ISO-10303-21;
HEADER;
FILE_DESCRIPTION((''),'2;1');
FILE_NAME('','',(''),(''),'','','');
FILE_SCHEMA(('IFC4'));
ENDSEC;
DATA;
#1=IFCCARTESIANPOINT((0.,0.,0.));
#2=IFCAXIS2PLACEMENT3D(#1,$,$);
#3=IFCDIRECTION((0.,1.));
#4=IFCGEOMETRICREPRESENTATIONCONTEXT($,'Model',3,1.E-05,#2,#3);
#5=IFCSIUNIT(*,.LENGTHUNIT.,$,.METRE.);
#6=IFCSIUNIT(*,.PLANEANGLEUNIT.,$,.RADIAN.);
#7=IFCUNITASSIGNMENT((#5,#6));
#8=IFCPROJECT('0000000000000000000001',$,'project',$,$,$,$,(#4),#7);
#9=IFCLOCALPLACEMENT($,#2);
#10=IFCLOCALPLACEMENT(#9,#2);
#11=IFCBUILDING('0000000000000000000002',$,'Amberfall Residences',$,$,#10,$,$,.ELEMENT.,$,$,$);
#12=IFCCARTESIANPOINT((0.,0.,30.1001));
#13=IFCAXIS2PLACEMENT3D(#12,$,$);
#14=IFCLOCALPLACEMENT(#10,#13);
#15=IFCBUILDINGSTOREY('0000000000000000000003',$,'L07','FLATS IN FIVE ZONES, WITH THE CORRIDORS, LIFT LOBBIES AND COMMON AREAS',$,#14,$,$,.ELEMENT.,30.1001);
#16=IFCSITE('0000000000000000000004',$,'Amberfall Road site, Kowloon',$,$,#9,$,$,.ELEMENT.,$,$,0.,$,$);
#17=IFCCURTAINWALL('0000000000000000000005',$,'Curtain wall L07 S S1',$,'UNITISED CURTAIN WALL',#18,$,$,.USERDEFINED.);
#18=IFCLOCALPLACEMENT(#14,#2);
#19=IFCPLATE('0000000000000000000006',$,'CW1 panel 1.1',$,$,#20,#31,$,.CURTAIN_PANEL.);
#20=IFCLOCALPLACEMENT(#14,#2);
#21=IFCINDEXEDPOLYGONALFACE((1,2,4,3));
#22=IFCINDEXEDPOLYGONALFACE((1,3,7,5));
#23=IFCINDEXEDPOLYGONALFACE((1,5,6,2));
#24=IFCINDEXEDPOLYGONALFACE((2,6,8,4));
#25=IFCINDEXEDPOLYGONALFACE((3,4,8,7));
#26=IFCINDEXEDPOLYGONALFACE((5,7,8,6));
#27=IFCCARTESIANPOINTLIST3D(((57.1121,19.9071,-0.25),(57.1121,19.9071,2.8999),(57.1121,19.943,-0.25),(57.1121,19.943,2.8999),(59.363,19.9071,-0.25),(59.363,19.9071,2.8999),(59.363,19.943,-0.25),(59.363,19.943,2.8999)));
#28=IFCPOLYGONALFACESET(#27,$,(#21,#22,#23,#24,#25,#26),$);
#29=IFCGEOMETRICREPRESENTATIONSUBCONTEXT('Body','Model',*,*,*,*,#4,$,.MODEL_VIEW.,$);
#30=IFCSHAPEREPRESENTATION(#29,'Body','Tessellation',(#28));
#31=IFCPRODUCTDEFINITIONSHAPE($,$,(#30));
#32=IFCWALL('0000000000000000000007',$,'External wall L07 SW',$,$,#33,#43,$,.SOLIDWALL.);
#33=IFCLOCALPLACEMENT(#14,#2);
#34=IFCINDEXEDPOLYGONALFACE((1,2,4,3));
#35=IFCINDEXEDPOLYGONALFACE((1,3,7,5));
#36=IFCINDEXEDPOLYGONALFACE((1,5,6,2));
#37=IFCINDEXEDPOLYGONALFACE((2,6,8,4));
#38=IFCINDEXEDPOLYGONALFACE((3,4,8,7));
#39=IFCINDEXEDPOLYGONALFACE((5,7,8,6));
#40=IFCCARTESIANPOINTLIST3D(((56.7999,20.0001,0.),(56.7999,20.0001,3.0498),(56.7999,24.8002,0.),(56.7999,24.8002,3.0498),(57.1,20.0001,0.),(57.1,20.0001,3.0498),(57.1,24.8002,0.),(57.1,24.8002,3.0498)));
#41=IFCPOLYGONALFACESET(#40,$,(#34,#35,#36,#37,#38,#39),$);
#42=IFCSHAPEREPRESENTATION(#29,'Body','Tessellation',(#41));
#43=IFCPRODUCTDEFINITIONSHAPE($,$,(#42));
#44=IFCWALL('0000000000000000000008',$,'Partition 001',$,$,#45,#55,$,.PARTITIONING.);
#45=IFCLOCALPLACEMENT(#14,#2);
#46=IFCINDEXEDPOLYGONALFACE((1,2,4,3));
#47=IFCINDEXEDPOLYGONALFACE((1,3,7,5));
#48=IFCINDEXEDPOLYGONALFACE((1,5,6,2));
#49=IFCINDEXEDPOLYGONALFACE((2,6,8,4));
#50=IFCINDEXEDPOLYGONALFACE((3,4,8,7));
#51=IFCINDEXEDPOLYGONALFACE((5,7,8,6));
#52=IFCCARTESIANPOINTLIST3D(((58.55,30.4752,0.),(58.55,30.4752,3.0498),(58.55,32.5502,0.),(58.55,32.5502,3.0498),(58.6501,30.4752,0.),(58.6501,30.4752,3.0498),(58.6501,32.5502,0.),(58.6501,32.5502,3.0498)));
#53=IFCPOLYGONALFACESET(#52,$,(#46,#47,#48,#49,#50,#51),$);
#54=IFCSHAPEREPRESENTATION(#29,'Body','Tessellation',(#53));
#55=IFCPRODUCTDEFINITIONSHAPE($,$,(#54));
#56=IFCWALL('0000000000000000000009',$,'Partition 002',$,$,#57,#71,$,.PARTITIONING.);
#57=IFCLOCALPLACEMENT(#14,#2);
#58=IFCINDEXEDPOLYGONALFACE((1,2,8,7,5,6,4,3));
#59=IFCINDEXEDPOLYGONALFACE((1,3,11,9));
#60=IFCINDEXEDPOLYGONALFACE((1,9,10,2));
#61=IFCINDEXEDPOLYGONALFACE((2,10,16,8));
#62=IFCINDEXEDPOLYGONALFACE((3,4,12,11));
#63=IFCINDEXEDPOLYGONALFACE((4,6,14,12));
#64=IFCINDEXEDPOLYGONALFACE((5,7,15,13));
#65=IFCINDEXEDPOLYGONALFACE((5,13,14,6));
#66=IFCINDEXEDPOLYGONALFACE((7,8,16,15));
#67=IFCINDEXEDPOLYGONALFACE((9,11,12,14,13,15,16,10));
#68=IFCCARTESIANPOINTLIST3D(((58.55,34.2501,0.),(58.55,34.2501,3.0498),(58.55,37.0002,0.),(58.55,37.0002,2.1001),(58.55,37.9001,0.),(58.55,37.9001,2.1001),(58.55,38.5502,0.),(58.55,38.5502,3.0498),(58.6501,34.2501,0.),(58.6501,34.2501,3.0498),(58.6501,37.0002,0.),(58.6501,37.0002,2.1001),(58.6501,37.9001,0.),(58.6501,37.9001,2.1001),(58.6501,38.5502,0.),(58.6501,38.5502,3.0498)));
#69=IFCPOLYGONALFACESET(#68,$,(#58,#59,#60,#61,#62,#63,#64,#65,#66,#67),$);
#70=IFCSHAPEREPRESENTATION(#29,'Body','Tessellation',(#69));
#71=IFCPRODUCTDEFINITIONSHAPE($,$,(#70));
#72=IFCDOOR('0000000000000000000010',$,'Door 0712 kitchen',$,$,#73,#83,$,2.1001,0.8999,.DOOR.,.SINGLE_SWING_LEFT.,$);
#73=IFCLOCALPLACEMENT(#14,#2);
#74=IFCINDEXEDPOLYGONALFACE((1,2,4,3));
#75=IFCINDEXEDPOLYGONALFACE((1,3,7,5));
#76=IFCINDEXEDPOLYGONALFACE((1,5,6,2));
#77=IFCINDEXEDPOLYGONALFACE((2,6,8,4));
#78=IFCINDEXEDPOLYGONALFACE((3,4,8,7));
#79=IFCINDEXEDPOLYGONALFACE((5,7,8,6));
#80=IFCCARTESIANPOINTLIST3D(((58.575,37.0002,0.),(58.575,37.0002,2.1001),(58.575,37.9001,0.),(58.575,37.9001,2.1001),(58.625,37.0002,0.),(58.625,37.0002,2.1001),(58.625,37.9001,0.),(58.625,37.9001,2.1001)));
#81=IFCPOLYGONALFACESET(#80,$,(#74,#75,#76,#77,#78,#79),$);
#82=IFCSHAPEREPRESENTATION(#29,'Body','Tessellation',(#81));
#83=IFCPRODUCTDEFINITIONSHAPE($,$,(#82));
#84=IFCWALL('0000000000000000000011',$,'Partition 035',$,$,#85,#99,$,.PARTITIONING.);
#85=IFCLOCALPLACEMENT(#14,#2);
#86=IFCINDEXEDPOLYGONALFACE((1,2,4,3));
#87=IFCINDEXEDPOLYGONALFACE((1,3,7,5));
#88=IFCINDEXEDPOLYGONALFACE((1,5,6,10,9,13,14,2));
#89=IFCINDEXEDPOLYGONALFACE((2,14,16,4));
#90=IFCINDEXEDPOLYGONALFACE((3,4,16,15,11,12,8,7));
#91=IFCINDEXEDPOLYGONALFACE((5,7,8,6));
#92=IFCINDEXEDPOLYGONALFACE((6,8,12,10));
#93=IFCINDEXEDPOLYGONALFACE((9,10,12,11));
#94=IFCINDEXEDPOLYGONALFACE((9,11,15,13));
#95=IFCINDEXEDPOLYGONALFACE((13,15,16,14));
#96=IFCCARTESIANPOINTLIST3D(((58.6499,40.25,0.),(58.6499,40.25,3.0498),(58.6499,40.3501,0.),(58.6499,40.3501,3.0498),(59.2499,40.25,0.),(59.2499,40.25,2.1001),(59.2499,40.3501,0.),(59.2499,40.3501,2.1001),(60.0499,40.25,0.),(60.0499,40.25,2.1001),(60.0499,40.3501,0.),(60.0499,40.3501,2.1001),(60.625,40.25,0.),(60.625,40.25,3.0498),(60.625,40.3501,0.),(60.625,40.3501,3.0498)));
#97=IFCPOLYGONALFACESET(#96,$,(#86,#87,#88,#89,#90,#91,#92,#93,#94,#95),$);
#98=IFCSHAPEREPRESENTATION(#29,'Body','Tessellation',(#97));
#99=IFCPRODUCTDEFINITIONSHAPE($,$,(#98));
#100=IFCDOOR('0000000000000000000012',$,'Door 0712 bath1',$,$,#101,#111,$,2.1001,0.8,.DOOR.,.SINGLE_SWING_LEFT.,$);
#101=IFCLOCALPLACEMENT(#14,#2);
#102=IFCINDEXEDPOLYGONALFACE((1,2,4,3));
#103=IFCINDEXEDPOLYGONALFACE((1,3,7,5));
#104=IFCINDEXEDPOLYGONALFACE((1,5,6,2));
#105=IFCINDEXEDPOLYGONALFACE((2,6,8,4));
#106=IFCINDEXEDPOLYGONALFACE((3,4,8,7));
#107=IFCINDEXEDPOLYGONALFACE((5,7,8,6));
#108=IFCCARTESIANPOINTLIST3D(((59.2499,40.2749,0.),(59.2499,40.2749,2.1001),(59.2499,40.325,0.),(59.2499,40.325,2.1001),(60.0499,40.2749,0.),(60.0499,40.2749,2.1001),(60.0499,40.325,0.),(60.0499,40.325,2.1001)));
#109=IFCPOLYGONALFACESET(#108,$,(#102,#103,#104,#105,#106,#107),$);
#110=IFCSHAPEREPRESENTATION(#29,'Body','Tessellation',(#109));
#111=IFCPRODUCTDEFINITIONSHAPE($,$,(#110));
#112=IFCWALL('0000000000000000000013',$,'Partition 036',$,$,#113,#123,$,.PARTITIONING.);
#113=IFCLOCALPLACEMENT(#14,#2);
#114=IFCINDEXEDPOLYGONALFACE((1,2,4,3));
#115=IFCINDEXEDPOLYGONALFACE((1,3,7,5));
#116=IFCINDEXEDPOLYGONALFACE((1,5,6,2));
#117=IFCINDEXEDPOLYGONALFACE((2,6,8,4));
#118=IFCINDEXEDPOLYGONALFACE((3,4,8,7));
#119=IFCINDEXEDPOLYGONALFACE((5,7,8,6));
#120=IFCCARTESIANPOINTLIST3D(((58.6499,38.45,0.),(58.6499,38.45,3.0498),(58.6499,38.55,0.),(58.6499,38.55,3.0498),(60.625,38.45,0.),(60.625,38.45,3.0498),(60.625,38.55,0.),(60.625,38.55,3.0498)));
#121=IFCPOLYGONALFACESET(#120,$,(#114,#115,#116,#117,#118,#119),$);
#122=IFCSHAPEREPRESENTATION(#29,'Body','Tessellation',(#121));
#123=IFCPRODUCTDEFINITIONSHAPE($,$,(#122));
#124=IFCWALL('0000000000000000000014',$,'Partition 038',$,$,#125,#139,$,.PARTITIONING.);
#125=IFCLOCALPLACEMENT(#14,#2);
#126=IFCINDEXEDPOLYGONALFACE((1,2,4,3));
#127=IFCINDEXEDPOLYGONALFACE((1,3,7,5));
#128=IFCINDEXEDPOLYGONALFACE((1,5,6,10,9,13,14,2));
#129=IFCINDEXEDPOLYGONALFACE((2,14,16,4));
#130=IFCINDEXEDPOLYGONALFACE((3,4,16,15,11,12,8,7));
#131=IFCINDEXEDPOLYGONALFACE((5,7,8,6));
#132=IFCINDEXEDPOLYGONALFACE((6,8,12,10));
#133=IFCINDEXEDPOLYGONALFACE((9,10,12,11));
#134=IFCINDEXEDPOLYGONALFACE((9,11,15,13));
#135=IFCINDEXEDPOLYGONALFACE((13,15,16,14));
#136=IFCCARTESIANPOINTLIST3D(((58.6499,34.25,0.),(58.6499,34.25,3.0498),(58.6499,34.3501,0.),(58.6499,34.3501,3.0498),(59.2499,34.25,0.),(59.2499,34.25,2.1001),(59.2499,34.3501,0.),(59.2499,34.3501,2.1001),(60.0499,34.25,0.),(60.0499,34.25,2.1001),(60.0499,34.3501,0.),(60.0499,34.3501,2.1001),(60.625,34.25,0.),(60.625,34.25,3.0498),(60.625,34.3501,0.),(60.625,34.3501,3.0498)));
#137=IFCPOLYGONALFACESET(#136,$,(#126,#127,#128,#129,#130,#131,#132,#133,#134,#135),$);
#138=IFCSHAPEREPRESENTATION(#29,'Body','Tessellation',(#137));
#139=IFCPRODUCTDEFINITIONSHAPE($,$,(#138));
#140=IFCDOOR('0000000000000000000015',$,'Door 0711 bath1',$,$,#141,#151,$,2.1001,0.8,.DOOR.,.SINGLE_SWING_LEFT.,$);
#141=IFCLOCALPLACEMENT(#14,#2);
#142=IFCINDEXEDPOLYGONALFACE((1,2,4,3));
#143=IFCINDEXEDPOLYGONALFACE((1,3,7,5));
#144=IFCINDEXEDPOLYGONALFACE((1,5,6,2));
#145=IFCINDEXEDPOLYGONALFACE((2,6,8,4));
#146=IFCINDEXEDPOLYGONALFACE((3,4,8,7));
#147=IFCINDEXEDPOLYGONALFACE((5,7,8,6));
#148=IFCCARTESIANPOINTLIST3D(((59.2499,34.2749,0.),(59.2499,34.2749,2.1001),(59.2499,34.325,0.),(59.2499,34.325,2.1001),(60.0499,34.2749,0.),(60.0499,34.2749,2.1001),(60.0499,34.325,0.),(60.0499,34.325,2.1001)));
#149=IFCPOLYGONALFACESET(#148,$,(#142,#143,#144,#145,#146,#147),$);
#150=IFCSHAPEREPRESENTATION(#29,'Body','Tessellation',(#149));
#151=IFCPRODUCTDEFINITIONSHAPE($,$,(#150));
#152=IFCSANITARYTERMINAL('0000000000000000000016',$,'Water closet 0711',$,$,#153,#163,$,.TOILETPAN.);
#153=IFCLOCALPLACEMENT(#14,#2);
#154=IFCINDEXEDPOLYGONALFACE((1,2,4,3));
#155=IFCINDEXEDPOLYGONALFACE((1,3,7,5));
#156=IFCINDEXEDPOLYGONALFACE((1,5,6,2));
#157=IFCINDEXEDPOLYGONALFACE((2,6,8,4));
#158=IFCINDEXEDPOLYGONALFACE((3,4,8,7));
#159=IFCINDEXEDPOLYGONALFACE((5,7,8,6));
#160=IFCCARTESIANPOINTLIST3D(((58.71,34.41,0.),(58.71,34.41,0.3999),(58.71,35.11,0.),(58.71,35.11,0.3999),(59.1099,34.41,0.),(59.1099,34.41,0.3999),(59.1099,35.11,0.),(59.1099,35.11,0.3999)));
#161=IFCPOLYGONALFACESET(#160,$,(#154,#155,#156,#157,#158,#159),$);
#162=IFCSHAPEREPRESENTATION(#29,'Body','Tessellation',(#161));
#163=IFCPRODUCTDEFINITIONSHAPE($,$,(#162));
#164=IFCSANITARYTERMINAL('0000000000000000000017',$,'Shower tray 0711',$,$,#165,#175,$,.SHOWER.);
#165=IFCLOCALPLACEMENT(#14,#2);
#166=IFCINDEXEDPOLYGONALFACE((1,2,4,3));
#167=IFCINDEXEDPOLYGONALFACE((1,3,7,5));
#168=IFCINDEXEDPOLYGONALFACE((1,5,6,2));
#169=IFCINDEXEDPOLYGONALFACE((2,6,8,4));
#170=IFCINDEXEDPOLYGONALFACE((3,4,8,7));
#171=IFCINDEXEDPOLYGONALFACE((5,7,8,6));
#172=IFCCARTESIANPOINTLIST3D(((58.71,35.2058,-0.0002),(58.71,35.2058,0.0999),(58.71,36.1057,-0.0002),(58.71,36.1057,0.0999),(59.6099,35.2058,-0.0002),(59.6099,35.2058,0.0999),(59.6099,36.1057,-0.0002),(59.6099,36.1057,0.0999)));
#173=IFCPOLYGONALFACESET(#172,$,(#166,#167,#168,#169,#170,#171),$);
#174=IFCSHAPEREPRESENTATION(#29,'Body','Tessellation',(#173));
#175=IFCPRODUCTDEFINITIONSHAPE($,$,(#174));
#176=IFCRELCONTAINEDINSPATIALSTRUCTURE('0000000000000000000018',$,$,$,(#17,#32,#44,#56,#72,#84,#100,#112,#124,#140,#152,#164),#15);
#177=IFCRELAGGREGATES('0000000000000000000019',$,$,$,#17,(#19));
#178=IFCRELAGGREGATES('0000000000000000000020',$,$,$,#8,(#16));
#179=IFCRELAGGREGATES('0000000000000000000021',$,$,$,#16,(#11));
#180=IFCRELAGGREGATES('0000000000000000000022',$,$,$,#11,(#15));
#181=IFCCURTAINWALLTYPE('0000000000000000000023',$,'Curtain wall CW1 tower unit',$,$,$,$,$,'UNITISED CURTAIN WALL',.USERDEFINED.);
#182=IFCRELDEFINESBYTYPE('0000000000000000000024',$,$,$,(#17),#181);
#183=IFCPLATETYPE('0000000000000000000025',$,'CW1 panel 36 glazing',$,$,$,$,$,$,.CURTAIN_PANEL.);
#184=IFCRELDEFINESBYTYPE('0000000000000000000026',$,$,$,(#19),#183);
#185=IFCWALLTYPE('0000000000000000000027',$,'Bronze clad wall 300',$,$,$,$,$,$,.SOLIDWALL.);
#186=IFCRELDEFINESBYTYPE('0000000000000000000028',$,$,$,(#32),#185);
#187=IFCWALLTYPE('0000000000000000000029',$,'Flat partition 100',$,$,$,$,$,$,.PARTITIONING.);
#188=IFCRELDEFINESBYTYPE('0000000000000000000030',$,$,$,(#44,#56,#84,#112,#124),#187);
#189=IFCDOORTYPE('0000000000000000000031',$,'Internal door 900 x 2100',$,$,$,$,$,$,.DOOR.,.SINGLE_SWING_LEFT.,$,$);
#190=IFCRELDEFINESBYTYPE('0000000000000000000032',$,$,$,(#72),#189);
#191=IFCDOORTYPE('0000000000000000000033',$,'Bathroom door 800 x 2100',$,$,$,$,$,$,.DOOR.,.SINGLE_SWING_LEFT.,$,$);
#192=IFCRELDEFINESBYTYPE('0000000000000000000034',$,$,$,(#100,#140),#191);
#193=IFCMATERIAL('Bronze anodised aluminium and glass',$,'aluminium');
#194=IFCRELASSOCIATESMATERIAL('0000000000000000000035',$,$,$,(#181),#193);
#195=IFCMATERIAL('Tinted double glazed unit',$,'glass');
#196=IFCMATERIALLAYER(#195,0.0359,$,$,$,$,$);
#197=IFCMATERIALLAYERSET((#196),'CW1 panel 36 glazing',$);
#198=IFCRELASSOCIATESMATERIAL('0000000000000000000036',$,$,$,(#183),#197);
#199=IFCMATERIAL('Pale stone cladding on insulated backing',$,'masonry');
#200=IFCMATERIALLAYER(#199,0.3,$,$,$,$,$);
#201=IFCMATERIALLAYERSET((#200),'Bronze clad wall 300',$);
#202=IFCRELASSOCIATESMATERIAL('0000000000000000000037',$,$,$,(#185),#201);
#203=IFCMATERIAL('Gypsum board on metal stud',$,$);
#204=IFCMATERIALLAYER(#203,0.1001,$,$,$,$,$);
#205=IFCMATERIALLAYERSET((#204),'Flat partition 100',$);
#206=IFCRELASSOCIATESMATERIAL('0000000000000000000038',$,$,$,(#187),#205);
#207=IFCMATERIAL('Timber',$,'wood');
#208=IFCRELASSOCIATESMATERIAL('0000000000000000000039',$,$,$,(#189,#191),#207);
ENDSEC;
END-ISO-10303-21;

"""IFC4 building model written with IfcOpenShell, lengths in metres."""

from ifc_helpers import new_model, si_unit, direction, frame, frame_2d, origin, origin_2d, place, context, subcontext, project, spatial, rectangle, extrude, material, layer, layer_set, type_object, element, fill, aggregate, save


model = new_model("IFC4")

# Units and contexts
model_context = context("Model", 3, precision=1e-05, world=origin(), true_north=direction((0.0, 1.0)))
body_context = subcontext(model_context, "Body", "Model", "MODEL_VIEW")
ifc_project = project(units=[si_unit("LENGTHUNIT", "METRE"), si_unit("PLANEANGLEUNIT", "RADIAN")], contexts=[model_context])

# Site, building, storey
site_placement = place(None, origin())
site = spatial("IfcSite", under=ifc_project, at=site_placement, Name="Amberfall Road site, Kowloon", CompositionType="ELEMENT", RefElevation=0.0)
building_placement = place(site_placement, origin())
building = spatial("IfcBuilding", under=site, at=building_placement, Name="Amberfall Residences", CompositionType="ELEMENT")
storey_placement = place(building_placement, frame((0.0, 0.0, 30.1001)))
storey = spatial("IfcBuildingStorey", under=building, at=storey_placement, Name="L07", Description="FLATS IN FIVE ZONES, WITH THE CORRIDORS, LIFT LOBBIES AND COMMON AREAS", CompositionType="ELEMENT", Elevation=30.1001)

# Curtain wall
ifc_material_1 = material(Name="Bronze anodised aluminium and glass", Category="aluminium")
curtain_wall_type = type_object("IfcCurtainWallType", Name="Curtain wall CW1 tower unit", ElementType="UNITISED CURTAIN WALL", PredefinedType="USERDEFINED", material=ifc_material_1)
curtain_wall_placement = place(storey_placement, origin())
curtain_wall = element("IfcCurtainWall", 1, at=curtain_wall_placement, inside=storey, type_object=curtain_wall_type, Name="Curtain wall L07 S S1", ObjectType="UNITISED CURTAIN WALL", PredefinedType="USERDEFINED")

# Plate
ifc_material_2 = material(Name="Tinted double glazed unit", Category="glass")
ifc_layer_1 = layer(ifc_material_2, 0.0359)
ifc_layer_set_1 = layer_set([ifc_layer_1], Name="CW1 panel 36 glazing")
plate_type = type_object("IfcPlateType", Name="CW1 panel 36 glazing", PredefinedType="CURTAIN_PANEL", material=ifc_layer_set_1)
plate_placement = place(storey_placement, frame((58.2375, 19.925, -0.25), z_axis=(0.0, 0.0, 1.0), x_axis=(1.0, 0.0, 0.0)))
plate = element("IfcPlate", 2, at=plate_placement, type_object=plate_type, Name="CW1 panel 1.1", PredefinedType="CURTAIN_PANEL", context=body_context, shape_type="SweptSolid", body=[
    extrude(rectangle(XDim=2.251, YDim=0.0359, at=origin_2d()), origin(), (0.0, 0.0, 1.0), 3.1499),
])
aggregate(curtain_wall, [plate])

# Walls
ifc_material_3 = material(Name="Pale stone cladding on insulated backing", Category="masonry")
ifc_layer_2 = layer(ifc_material_3, 0.3)
ifc_layer_set_2 = layer_set([ifc_layer_2], Name="Bronze clad wall 300")
wall_type_1 = type_object("IfcWallType", Name="Bronze clad wall 300", PredefinedType="SOLIDWALL", material=ifc_layer_set_2)
wall_1_placement = place(storey_placement, frame((56.95, 24.8, 0.0), z_axis=(0.0, 0.0, 1.0), x_axis=(0.0, -1.0, 0.0)))
element("IfcWall", 3, at=wall_1_placement, inside=storey, type_object=wall_type_1, Name="External wall L07 SW", PredefinedType="SOLIDWALL", context=body_context, shape_type="SweptSolid", body=[
    extrude(rectangle(XDim=4.8, YDim=0.3, at=frame_2d((2.3999, 0.0))), origin(), (0.0, 0.0, 1.0), 3.0498),
])
ifc_material_4 = material(Name="Gypsum board on metal stud")
ifc_layer_3 = layer(ifc_material_4, 0.1001)
ifc_layer_set_3 = layer_set([ifc_layer_3], Name="Flat partition 100")
wall_type_2 = type_object("IfcWallType", Name="Flat partition 100", PredefinedType="PARTITIONING", material=ifc_layer_set_3)
wall_2_placement = place(storey_placement, frame((58.6001, 30.4751, 0.0), z_axis=(0.0, 0.0, 1.0), x_axis=(0.0, 1.0, 0.0)))
element("IfcWall", 4, at=wall_2_placement, inside=storey, type_object=wall_type_2, Name="Partition 001", PredefinedType="PARTITIONING", context=body_context, shape_type="SweptSolid", body=[
    extrude(rectangle(XDim=2.075, YDim=0.1001, at=frame_2d((1.0376, 0.0))), origin(), (0.0, 0.0, 1.0), 3.0498),
])

# Walls, openings, doors
wall_3_placement = place(storey_placement, frame((58.6001, 38.55, 0.0), z_axis=(0.0, 0.0, 1.0), x_axis=(0.0, -1.0, 0.0)))
wall_3 = element("IfcWall", 5, at=wall_3_placement, inside=storey, type_object=wall_type_2, Name="Partition 002", PredefinedType="PARTITIONING", context=body_context, shape_type="SweptSolid", body=[
    extrude(rectangle(XDim=4.3, YDim=0.1001, at=frame_2d((2.1499, 0.0))), origin(), (0.0, 0.0, 1.0), 3.0498),
])
opening_1_placement = place(wall_3_placement, frame((0.6499, 0.0, 0.0)))
opening_1 = element("IfcOpeningElement", 6, at=opening_1_placement, cuts=wall_3, PredefinedType="OPENING", context=body_context, shape_type="SweptSolid", body=[
    extrude(rectangle(XDim=0.8999, YDim=2.1001, at=frame_2d((0.45, 1.05))), frame((0.0, 0.0601, 0.0), z_axis=(0.0, -1.0, 0.0), x_axis=(1.0, 0.0, 0.0)), (0.0, 0.0, 1.0), 0.1201),
])
ifc_material_5 = material(Name="Timber", Category="wood")
door_type_1 = type_object("IfcDoorType", Name="Internal door 900 x 2100", OperationType="SINGLE_SWING_LEFT", PredefinedType="DOOR", material=ifc_material_5)
door_1_placement = place(opening_1_placement, origin())
door_1 = element("IfcDoor", 7, at=door_1_placement, inside=storey, type_object=door_type_1, Name="Door 0712 kitchen", OperationType="SINGLE_SWING_LEFT", OverallHeight=2.1001, OverallWidth=0.8999, PredefinedType="DOOR", context=body_context, shape_type="SweptSolid", body=[
    extrude(rectangle(XDim=0.8999, YDim=2.1001, at=frame_2d((0.45, 1.05))), frame((0.0, 0.0249, 0.0), z_axis=(0.0, -1.0, 0.0), x_axis=(1.0, 0.0, 0.0)), (0.0, 0.0, 1.0), 0.05),
])
fill(opening_1, door_1)
wall_4_placement = place(storey_placement, frame((58.6499, 40.3, 0.0), z_axis=(0.0, 0.0, 1.0), x_axis=(1.0, 0.0, 0.0)))
wall_4 = element("IfcWall", 8, at=wall_4_placement, inside=storey, type_object=wall_type_2, Name="Partition 035", PredefinedType="PARTITIONING", context=body_context, shape_type="SweptSolid", body=[
    extrude(rectangle(XDim=1.9751, YDim=0.1001, at=frame_2d((0.9875, 0.0))), origin(), (0.0, 0.0, 1.0), 3.0498),
])
opening_2_placement = place(wall_4_placement, frame((0.6001, 0.0, 0.0)))
opening_2 = element("IfcOpeningElement", 9, at=opening_2_placement, cuts=wall_4, PredefinedType="OPENING", context=body_context, shape_type="SweptSolid", body=[
    extrude(rectangle(XDim=0.8, YDim=2.1001, at=frame_2d((0.3999, 1.05))), frame((0.0, 0.0601, 0.0), z_axis=(0.0, -1.0, 0.0), x_axis=(1.0, 0.0, 0.0)), (0.0, 0.0, 1.0), 0.1201),
])
door_type_2 = type_object("IfcDoorType", Name="Bathroom door 800 x 2100", OperationType="SINGLE_SWING_LEFT", PredefinedType="DOOR", material=ifc_material_5)
door_2_placement = place(opening_2_placement, origin())
door_2 = element("IfcDoor", 10, at=door_2_placement, inside=storey, type_object=door_type_2, Name="Door 0712 bath1", OperationType="SINGLE_SWING_LEFT", OverallHeight=2.1001, OverallWidth=0.8, PredefinedType="DOOR", context=body_context, shape_type="SweptSolid", body=[
    extrude(rectangle(XDim=0.8, YDim=2.1001, at=frame_2d((0.3999, 1.05))), frame((0.0, 0.0249, 0.0), z_axis=(0.0, -1.0, 0.0), x_axis=(1.0, 0.0, 0.0)), (0.0, 0.0, 1.0), 0.05),
])
fill(opening_2, door_2)

# Wall
wall_5_placement = place(storey_placement, frame((58.6499, 38.5, 0.0), z_axis=(0.0, 0.0, 1.0), x_axis=(1.0, 0.0, 0.0)))
element("IfcWall", 11, at=wall_5_placement, inside=storey, type_object=wall_type_2, Name="Partition 036", PredefinedType="PARTITIONING", context=body_context, shape_type="SweptSolid", body=[
    extrude(rectangle(XDim=1.9751, YDim=0.1001, at=frame_2d((0.9875, 0.0))), origin(), (0.0, 0.0, 1.0), 3.0498),
])

# Wall, opening, door
wall_6_placement = place(storey_placement, frame((58.6499, 34.3, 0.0), z_axis=(0.0, 0.0, 1.0), x_axis=(1.0, 0.0, 0.0)))
wall_6 = element("IfcWall", 12, at=wall_6_placement, inside=storey, type_object=wall_type_2, Name="Partition 038", PredefinedType="PARTITIONING", context=body_context, shape_type="SweptSolid", body=[
    extrude(rectangle(XDim=1.9751, YDim=0.1001, at=frame_2d((0.9875, 0.0))), origin(), (0.0, 0.0, 1.0), 3.0498),
])
opening_3_placement = place(wall_6_placement, frame((0.6001, 0.0, 0.0)))
opening_3 = element("IfcOpeningElement", 13, at=opening_3_placement, cuts=wall_6, PredefinedType="OPENING", context=body_context, shape_type="SweptSolid", body=[
    extrude(rectangle(XDim=0.8, YDim=2.1001, at=frame_2d((0.3999, 1.05))), frame((0.0, 0.0601, 0.0), z_axis=(0.0, -1.0, 0.0), x_axis=(1.0, 0.0, 0.0)), (0.0, 0.0, 1.0), 0.1201),
])
door_3_placement = place(opening_3_placement, origin())
door_3 = element("IfcDoor", 14, at=door_3_placement, inside=storey, type_object=door_type_2, Name="Door 0711 bath1", OperationType="SINGLE_SWING_LEFT", OverallHeight=2.1001, OverallWidth=0.8, PredefinedType="DOOR", context=body_context, shape_type="SweptSolid", body=[
    extrude(rectangle(XDim=0.8, YDim=2.1001, at=frame_2d((0.3999, 1.05))), frame((0.0, 0.0249, 0.0), z_axis=(0.0, -1.0, 0.0), x_axis=(1.0, 0.0, 0.0)), (0.0, 0.0, 1.0), 0.05),
])
fill(opening_3, door_3)

# Sanitary terminals
sanitary_terminal_1_placement = place(storey_placement, frame((58.9099, 34.76, 0.0), z_axis=(0.0, 0.0, 1.0), x_axis=(1.0, 0.0, 0.0)))
element("IfcSanitaryTerminal", 15, at=sanitary_terminal_1_placement, inside=storey, Name="Water closet 0711", PredefinedType="TOILETPAN", context=body_context, shape_type="SweptSolid", body=[
    extrude(rectangle(XDim=0.3999, YDim=0.7, at=origin_2d()), origin(), (0.0, 0.0, 1.0), 0.3999),
])
sanitary_terminal_2_placement = place(storey_placement, frame((59.1599, 35.6558, -0.0002), z_axis=(0.0, 0.0, 1.0), x_axis=(1.0, 0.0, 0.0)))
element("IfcSanitaryTerminal", 16, at=sanitary_terminal_2_placement, inside=storey, Name="Shower tray 0711", PredefinedType="SHOWER", context=body_context, shape_type="SweptSolid", body=[
    extrude(rectangle(XDim=0.8999, YDim=0.8999, at=origin_2d()), origin(), (0.0, 0.0, 1.0), 0.1001),
])

save(model, "model.ifc")
